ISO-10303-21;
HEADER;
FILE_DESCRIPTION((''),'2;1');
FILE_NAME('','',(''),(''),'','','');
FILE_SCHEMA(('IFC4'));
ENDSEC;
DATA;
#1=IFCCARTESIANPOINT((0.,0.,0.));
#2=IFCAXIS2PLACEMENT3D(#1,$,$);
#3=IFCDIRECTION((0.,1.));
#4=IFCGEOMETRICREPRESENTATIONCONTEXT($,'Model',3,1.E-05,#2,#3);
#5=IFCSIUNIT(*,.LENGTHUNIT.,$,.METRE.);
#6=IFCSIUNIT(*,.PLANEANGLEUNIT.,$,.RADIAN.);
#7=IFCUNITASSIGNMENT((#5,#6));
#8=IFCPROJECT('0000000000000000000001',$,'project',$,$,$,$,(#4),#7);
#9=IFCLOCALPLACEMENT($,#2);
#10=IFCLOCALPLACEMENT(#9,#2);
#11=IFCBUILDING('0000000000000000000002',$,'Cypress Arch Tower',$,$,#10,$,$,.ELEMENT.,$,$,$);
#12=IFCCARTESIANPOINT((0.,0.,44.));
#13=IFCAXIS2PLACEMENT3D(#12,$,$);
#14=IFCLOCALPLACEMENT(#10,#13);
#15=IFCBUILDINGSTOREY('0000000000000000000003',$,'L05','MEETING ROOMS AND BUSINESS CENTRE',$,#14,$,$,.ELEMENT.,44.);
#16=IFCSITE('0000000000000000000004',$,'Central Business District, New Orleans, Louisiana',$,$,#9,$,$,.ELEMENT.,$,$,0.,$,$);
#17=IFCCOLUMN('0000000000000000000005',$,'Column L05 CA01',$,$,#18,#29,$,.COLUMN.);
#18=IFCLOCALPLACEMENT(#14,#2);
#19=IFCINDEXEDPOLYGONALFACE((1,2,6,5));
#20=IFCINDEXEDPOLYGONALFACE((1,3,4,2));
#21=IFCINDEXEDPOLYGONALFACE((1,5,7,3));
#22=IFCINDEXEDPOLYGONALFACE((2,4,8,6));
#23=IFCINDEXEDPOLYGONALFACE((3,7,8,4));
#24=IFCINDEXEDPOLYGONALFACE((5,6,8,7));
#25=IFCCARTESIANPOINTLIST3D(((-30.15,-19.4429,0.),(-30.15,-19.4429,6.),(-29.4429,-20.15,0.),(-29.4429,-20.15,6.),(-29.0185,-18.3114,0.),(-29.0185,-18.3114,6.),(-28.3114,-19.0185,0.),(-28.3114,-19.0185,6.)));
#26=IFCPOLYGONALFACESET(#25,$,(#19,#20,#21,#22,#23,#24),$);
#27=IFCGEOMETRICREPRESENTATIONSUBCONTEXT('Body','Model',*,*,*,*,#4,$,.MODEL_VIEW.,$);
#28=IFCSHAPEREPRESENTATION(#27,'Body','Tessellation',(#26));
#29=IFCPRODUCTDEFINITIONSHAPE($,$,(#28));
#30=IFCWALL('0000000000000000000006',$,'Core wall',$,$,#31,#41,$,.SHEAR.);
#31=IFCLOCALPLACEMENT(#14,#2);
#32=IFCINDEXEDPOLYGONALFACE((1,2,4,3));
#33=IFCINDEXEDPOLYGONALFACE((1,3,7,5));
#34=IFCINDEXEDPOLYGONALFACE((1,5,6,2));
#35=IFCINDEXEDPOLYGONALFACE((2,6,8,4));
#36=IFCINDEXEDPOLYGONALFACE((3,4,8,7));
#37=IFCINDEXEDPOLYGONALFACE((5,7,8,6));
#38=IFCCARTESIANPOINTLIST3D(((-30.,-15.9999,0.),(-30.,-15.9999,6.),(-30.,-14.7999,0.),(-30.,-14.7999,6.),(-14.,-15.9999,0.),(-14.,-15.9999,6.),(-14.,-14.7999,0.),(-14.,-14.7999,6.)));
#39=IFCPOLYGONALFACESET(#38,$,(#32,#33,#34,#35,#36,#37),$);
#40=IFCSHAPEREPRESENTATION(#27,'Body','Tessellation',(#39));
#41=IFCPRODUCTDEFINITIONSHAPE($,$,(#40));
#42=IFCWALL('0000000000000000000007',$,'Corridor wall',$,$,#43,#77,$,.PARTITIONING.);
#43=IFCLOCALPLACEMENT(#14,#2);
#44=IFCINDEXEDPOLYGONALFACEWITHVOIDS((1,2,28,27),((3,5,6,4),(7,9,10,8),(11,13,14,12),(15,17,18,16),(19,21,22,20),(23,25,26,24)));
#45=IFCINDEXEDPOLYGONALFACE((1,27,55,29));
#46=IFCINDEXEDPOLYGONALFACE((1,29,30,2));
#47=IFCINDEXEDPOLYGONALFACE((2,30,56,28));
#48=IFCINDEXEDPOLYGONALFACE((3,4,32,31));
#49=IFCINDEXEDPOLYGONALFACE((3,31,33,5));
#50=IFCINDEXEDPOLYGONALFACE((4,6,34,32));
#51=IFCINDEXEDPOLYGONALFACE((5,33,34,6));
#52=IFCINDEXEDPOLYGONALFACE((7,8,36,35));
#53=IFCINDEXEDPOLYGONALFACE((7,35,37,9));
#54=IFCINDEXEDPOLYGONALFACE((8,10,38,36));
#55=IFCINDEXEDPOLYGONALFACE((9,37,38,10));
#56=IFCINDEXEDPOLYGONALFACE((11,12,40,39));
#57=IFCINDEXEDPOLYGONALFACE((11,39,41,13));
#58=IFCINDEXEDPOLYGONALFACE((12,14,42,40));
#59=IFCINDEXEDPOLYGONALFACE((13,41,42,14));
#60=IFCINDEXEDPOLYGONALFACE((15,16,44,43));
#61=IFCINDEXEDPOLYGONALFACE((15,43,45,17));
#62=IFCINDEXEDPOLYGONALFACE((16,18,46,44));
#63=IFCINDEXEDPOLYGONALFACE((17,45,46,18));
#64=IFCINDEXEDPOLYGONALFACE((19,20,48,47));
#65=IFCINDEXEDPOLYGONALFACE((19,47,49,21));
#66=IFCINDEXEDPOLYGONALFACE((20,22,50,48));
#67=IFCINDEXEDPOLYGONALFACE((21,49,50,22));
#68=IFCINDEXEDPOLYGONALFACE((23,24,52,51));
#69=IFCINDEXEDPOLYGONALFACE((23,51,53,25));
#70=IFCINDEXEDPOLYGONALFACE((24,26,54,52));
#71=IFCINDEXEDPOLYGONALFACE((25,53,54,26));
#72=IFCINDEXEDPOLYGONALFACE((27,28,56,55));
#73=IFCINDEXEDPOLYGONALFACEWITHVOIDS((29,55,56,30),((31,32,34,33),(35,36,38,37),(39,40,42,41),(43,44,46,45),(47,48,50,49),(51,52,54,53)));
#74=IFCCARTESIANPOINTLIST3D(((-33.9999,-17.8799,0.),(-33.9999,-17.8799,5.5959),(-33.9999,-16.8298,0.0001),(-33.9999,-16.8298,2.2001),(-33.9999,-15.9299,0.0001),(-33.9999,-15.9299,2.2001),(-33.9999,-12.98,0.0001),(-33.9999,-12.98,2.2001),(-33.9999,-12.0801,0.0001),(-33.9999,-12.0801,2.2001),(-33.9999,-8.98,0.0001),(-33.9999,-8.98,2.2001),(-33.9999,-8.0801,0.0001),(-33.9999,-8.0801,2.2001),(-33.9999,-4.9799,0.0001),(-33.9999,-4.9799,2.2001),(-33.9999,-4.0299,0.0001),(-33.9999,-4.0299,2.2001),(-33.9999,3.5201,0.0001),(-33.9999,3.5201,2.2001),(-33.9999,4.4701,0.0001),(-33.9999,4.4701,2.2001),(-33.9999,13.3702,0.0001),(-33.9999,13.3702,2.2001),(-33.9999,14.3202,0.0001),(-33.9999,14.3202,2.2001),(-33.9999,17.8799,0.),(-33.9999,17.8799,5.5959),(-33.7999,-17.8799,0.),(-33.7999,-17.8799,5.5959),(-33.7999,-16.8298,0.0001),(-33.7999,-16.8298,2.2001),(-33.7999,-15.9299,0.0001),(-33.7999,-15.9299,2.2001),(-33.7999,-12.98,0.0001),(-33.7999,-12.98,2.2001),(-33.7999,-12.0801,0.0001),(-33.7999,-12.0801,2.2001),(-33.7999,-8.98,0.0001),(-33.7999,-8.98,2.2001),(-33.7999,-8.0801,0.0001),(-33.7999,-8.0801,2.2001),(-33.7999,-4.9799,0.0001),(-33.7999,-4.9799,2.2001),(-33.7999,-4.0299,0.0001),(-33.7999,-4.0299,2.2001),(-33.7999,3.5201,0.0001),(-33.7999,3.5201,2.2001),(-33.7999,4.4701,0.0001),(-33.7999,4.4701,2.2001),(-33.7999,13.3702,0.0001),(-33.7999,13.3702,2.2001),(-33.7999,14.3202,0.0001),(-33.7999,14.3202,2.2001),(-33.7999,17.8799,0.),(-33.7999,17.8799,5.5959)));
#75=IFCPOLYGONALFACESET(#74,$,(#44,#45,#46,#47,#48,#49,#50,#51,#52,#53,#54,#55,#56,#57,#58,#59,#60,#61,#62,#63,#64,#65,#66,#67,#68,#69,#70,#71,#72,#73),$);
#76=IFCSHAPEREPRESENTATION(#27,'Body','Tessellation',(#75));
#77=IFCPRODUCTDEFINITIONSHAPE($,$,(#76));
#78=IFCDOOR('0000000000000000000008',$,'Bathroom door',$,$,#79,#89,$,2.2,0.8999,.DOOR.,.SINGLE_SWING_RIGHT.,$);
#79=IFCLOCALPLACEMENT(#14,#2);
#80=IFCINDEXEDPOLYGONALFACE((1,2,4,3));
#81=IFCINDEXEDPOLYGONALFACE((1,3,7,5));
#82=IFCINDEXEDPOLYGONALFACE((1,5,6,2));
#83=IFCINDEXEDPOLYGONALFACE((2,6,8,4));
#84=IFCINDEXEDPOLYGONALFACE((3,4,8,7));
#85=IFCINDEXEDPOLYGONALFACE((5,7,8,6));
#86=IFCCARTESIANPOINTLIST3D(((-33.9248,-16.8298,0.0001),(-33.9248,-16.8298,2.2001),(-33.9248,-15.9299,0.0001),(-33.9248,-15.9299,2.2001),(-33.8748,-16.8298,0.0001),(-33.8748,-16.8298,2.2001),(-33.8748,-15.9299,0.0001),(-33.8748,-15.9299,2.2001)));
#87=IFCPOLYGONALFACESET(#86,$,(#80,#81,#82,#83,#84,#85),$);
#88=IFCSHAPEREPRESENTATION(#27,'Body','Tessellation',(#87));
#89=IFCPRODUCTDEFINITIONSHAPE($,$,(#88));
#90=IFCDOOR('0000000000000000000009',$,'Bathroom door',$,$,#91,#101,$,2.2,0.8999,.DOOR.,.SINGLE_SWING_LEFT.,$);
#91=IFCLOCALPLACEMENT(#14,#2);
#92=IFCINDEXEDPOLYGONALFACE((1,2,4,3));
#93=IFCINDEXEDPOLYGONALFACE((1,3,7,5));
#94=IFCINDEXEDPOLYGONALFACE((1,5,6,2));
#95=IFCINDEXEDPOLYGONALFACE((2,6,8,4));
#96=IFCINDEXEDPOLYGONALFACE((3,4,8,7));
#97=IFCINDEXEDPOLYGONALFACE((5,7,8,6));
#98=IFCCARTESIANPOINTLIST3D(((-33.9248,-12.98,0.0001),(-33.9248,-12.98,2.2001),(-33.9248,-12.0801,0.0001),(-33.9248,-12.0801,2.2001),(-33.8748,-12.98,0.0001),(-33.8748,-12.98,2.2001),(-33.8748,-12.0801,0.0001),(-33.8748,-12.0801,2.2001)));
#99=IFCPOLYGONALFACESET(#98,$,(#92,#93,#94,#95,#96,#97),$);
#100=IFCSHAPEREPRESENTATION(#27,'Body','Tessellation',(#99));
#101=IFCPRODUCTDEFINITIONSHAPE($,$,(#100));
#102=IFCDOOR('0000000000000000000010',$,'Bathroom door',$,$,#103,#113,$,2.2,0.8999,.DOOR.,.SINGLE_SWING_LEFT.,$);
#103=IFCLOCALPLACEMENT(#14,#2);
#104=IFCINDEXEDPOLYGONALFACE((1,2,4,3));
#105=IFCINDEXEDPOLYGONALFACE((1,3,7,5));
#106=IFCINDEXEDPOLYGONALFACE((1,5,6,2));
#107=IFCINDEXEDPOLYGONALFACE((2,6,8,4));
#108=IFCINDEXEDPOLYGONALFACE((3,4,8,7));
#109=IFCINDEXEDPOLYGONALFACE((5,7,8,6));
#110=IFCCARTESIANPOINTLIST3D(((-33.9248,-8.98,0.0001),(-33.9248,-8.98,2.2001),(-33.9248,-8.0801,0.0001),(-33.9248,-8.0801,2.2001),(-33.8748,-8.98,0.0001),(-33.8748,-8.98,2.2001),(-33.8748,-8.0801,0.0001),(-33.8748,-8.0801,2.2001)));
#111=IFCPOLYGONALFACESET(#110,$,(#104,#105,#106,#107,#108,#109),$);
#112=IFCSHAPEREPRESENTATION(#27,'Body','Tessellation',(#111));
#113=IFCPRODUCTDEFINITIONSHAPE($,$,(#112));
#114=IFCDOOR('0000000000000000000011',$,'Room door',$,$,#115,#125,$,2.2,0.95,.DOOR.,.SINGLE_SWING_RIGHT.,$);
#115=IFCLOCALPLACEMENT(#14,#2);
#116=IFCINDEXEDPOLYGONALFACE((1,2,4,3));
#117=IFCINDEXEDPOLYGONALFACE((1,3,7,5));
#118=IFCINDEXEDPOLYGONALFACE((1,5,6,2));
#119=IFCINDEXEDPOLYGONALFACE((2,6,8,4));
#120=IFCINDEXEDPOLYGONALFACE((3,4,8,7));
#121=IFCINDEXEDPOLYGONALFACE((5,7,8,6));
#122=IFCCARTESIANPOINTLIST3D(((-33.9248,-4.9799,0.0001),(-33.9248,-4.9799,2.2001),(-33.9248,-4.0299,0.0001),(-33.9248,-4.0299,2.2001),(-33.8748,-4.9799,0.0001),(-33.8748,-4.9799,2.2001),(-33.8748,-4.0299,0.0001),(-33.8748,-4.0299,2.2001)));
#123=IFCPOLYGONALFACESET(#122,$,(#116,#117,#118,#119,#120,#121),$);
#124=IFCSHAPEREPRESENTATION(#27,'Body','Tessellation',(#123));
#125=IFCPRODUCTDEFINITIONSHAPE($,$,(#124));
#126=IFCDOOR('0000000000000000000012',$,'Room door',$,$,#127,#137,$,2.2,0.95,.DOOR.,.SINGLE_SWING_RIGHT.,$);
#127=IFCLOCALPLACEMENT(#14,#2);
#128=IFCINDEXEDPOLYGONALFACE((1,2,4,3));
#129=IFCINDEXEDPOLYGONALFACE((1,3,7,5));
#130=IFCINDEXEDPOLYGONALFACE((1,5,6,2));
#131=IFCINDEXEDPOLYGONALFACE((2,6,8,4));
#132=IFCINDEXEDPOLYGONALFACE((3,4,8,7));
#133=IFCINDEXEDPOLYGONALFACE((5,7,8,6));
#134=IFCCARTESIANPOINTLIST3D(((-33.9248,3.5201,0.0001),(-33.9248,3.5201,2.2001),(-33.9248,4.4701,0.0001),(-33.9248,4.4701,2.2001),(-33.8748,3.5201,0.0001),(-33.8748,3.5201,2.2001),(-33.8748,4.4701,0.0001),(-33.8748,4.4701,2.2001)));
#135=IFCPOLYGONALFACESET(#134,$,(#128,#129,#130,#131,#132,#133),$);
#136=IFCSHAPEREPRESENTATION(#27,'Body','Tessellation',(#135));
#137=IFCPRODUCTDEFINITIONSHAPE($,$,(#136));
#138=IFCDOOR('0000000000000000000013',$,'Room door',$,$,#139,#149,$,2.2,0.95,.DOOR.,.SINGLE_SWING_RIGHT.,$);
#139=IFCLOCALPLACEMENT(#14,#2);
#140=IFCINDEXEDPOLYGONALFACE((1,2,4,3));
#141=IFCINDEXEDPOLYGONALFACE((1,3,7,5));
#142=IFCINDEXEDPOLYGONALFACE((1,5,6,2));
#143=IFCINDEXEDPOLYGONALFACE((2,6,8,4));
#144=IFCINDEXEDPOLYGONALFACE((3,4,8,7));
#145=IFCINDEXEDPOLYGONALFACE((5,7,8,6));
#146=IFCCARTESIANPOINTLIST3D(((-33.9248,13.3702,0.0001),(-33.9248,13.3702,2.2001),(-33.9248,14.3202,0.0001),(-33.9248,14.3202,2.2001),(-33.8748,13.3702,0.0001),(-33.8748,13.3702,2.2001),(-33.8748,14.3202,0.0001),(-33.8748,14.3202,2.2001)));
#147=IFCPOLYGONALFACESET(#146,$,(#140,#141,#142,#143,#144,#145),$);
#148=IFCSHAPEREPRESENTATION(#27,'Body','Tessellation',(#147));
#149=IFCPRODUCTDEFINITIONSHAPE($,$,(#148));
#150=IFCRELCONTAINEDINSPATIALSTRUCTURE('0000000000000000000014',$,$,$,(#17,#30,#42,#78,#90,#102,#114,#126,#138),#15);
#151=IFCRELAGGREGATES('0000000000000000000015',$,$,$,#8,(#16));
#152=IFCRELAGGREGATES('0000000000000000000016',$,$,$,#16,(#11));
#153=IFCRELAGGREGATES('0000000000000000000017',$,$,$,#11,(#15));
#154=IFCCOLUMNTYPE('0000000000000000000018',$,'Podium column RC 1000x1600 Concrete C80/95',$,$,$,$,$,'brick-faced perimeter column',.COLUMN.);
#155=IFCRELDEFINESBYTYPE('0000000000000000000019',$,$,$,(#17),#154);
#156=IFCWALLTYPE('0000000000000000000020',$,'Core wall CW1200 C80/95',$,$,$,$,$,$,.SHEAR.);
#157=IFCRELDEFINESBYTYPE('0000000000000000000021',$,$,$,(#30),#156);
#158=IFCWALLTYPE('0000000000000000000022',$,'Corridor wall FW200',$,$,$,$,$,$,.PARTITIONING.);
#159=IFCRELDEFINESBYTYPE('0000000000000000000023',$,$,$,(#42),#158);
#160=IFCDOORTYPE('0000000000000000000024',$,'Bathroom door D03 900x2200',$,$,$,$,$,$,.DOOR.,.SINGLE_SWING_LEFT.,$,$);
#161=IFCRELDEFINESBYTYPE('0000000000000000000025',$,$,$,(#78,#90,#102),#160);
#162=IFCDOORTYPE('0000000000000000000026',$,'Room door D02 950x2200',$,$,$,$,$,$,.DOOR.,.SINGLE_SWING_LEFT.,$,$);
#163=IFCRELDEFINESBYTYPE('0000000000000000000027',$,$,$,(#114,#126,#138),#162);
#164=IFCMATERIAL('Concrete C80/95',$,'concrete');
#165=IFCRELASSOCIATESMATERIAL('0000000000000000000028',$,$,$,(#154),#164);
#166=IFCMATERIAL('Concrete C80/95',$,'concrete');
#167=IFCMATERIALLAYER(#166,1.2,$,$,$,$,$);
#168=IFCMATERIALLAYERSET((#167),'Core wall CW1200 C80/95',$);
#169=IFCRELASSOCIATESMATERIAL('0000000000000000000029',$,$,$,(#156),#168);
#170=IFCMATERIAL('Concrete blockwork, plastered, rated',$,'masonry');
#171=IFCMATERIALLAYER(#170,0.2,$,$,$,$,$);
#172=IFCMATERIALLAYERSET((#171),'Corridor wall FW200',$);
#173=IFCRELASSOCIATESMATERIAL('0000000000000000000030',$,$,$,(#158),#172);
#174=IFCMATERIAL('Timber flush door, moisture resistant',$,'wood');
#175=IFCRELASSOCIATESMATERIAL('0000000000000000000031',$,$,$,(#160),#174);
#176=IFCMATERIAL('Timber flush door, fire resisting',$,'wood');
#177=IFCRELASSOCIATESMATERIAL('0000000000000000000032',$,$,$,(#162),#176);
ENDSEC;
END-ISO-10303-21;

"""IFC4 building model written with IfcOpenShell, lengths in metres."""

from ifc_helpers import new_model, si_unit, direction, frame, frame_2d, origin, origin_2d, place, context, subcontext, project, spatial, rectangle, extrude, material, layer, layer_set, material_profile, profile_set, type_object, element, fill, save


model = new_model("IFC4")

# Units and contexts
model_context = context("Model", 3, precision=1e-05, world=origin(), true_north=direction((0.0, 1.0)))
body_context = subcontext(model_context, "Body", "Model", "MODEL_VIEW")
ifc_project = project(units=[si_unit("LENGTHUNIT", "METRE"), si_unit("PLANEANGLEUNIT", "RADIAN")], contexts=[model_context])

# Site, building, storey
site_placement = place(None, origin())
site = spatial("IfcSite", under=ifc_project, at=site_placement, Name="Central Business District, New Orleans, Louisiana", CompositionType="ELEMENT", RefElevation=0.0)
building_placement = place(site_placement, origin())
building = spatial("IfcBuilding", under=site, at=building_placement, Name="Cypress Arch Tower", CompositionType="ELEMENT")
storey_placement = place(building_placement, frame((0.0, 0.0, 44.0)))
storey = spatial("IfcBuildingStorey", under=building, at=storey_placement, Name="L05", Description="MEETING ROOMS AND BUSINESS CENTRE", CompositionType="ELEMENT", Elevation=44.0)

# Column
ifc_material_1 = material(Name="Concrete C80/95", Category="concrete")
ifc_material_profile = material_profile(ifc_material_1, rectangle(XDim=1.0, YDim=1.6001, at=origin_2d()), Name="RC 1000x1600")
ifc_profile_set = profile_set([ifc_material_profile], Name="Concrete C80/95")
column_type = type_object("IfcColumnType", Name="Podium column RC 1000x1600 Concrete C80/95", ElementType="brick-faced perimeter column", PredefinedType="COLUMN", material=ifc_profile_set)
column_placement = place(storey_placement, frame((-29.2307, -19.2307, 0.0), z_axis=(0.0, 0.0, 1.0), x_axis=(0.707107, -0.707107, 0.0)))
element("IfcColumn", 1, at=column_placement, inside=storey, type_object=column_type, Name="Column L05 CA01", PredefinedType="COLUMN", context=body_context, shape_type="SweptSolid", body=[
    extrude(rectangle(XDim=1.0, YDim=1.6001, at=origin_2d()), origin(), (0.0, 0.0, 1.0), 6.0),
])

# Wall
ifc_material_2 = material(Name="Concrete C80/95", Category="concrete")
ifc_layer_1 = layer(ifc_material_2, 1.2)
ifc_layer_set_1 = layer_set([ifc_layer_1], Name="Core wall CW1200 C80/95")
wall_type_1 = type_object("IfcWallType", Name="Core wall CW1200 C80/95", PredefinedType="SHEAR", material=ifc_layer_set_1)
wall_1_placement = place(storey_placement, frame((-30.0, -15.3999, 0.0), z_axis=(0.0, 0.0, 1.0), x_axis=(1.0, 0.0, 0.0)))
element("IfcWall", 2, at=wall_1_placement, inside=storey, type_object=wall_type_1, Name="Core wall", PredefinedType="SHEAR", context=body_context, shape_type="SweptSolid", body=[
    extrude(rectangle(XDim=16.0, YDim=1.2, at=frame_2d((8.0, 0.0))), origin(), (0.0, 0.0, 1.0), 6.0),
])

# Wall, openings, doors
ifc_material_3 = material(Name="Concrete blockwork, plastered, rated", Category="masonry")
ifc_layer_2 = layer(ifc_material_3, 0.2)
ifc_layer_set_2 = layer_set([ifc_layer_2], Name="Corridor wall FW200")
wall_type_2 = type_object("IfcWallType", Name="Corridor wall FW200", PredefinedType="PARTITIONING", material=ifc_layer_set_2)
wall_2_placement = place(storey_placement, frame((-33.8999, -17.8799, 0.0), z_axis=(0.0, 0.0, 1.0), x_axis=(0.0, 1.0, 0.0)))
wall_2 = element("IfcWall", 3, at=wall_2_placement, inside=storey, type_object=wall_type_2, Name="Corridor wall", PredefinedType="PARTITIONING", context=body_context, shape_type="SweptSolid", body=[
    extrude(rectangle(XDim=35.7598, YDim=0.2, at=frame_2d((17.8799, 0.0))), origin(), (0.0, 0.0, 1.0), 5.5959),
])
opening_1_placement = place(wall_2_placement, frame((1.05, 0.0, 0.0)))
opening_1 = element("IfcOpeningElement", 4, at=opening_1_placement, cuts=wall_2, PredefinedType="OPENING", context=body_context, shape_type="SweptSolid", body=[
    extrude(rectangle(XDim=0.8999, YDim=2.2, at=frame_2d((0.45, 1.1001))), frame((0.0, 0.1099, 0.0), z_axis=(0.0, -1.0, 0.0), x_axis=(1.0, 0.0, 0.0)), (0.0, 0.0, 1.0), 0.22),
])
opening_2_placement = place(wall_2_placement, frame((4.8999, 0.0, 0.0)))
opening_2 = element("IfcOpeningElement", 5, at=opening_2_placement, cuts=wall_2, PredefinedType="OPENING", context=body_context, shape_type="SweptSolid", body=[
    extrude(rectangle(XDim=0.8999, YDim=2.2, at=frame_2d((0.45, 1.1001))), frame((0.0, 0.1099, 0.0), z_axis=(0.0, -1.0, 0.0), x_axis=(1.0, 0.0, 0.0)), (0.0, 0.0, 1.0), 0.22),
])
opening_3_placement = place(wall_2_placement, frame((8.8999, 0.0, 0.0)))
opening_3 = element("IfcOpeningElement", 6, at=opening_3_placement, cuts=wall_2, PredefinedType="OPENING", context=body_context, shape_type="SweptSolid", body=[
    extrude(rectangle(XDim=0.8999, YDim=2.2, at=frame_2d((0.45, 1.1001))), frame((0.0, 0.1099, 0.0), z_axis=(0.0, -1.0, 0.0), x_axis=(1.0, 0.0, 0.0)), (0.0, 0.0, 1.0), 0.22),
])
opening_4_placement = place(wall_2_placement, frame((12.8999, 0.0, 0.0)))
opening_4 = element("IfcOpeningElement", 7, at=opening_4_placement, cuts=wall_2, PredefinedType="OPENING", context=body_context, shape_type="SweptSolid", body=[
    extrude(rectangle(XDim=0.95, YDim=2.2, at=frame_2d((0.4751, 1.1001))), frame((0.0, 0.1099, 0.0), z_axis=(0.0, -1.0, 0.0), x_axis=(1.0, 0.0, 0.0)), (0.0, 0.0, 1.0), 0.22),
])
opening_5_placement = place(wall_2_placement, frame((21.3999, 0.0, 0.0)))
opening_5 = element("IfcOpeningElement", 8, at=opening_5_placement, cuts=wall_2, PredefinedType="OPENING", context=body_context, shape_type="SweptSolid", body=[
    extrude(rectangle(XDim=0.95, YDim=2.2, at=frame_2d((0.4751, 1.1001))), frame((0.0, 0.1099, 0.0), z_axis=(0.0, -1.0, 0.0), x_axis=(1.0, 0.0, 0.0)), (0.0, 0.0, 1.0), 0.22),
])
opening_6_placement = place(wall_2_placement, frame((31.25, 0.0, 0.0)))
opening_6 = element("IfcOpeningElement", 9, at=opening_6_placement, cuts=wall_2, PredefinedType="OPENING", context=body_context, shape_type="SweptSolid", body=[
    extrude(rectangle(XDim=0.95, YDim=2.2, at=frame_2d((0.4751, 1.1001))), frame((0.0, 0.1099, 0.0), z_axis=(0.0, -1.0, 0.0), x_axis=(1.0, 0.0, 0.0)), (0.0, 0.0, 1.0), 0.22),
])
ifc_material_4 = material(Name="Timber flush door, moisture resistant", Category="wood")
door_type_1 = type_object("IfcDoorType", Name="Bathroom door D03 900x2200", OperationType="SINGLE_SWING_LEFT", PredefinedType="DOOR", material=ifc_material_4)
door_1_placement = place(opening_1_placement, origin())
door_1 = element("IfcDoor", 10, at=door_1_placement, inside=storey, type_object=door_type_1, Name="Bathroom door", OperationType="SINGLE_SWING_RIGHT", OverallHeight=2.2, OverallWidth=0.8999, PredefinedType="DOOR", context=body_context, shape_type="SweptSolid", body=[
    extrude(rectangle(XDim=0.8999, YDim=2.2, at=frame_2d((0.45, 1.1001))), frame((0.0, 0.0249, 0.0), z_axis=(0.0, -1.0, 0.0), x_axis=(1.0, 0.0, 0.0)), (0.0, 0.0, 1.0), 0.05),
])
fill(opening_1, door_1)
door_2_placement = place(opening_2_placement, origin())
door_2 = element("IfcDoor", 11, at=door_2_placement, inside=storey, type_object=door_type_1, Name="Bathroom door", OperationType="SINGLE_SWING_LEFT", OverallHeight=2.2, OverallWidth=0.8999, PredefinedType="DOOR", context=body_context, shape_type="SweptSolid", body=[
    extrude(rectangle(XDim=0.8999, YDim=2.2, at=frame_2d((0.45, 1.1001))), frame((0.0, 0.0249, 0.0), z_axis=(0.0, -1.0, 0.0), x_axis=(1.0, 0.0, 0.0)), (0.0, 0.0, 1.0), 0.05),
])
fill(opening_2, door_2)
door_3_placement = place(opening_3_placement, origin())
door_3 = element("IfcDoor", 12, at=door_3_placement, inside=storey, type_object=door_type_1, Name="Bathroom door", OperationType="SINGLE_SWING_LEFT", OverallHeight=2.2, OverallWidth=0.8999, PredefinedType="DOOR", context=body_context, shape_type="SweptSolid", body=[
    extrude(rectangle(XDim=0.8999, YDim=2.2, at=frame_2d((0.45, 1.1001))), frame((0.0, 0.0249, 0.0), z_axis=(0.0, -1.0, 0.0), x_axis=(1.0, 0.0, 0.0)), (0.0, 0.0, 1.0), 0.05),
])
fill(opening_3, door_3)
ifc_material_5 = material(Name="Timber flush door, fire resisting", Category="wood")
door_type_2 = type_object("IfcDoorType", Name="Room door D02 950x2200", OperationType="SINGLE_SWING_LEFT", PredefinedType="DOOR", material=ifc_material_5)
door_4_placement = place(opening_4_placement, origin())
door_4 = element("IfcDoor", 13, at=door_4_placement, inside=storey, type_object=door_type_2, Name="Room door", OperationType="SINGLE_SWING_RIGHT", OverallHeight=2.2, OverallWidth=0.95, PredefinedType="DOOR", context=body_context, shape_type="SweptSolid", body=[
    extrude(rectangle(XDim=0.95, YDim=2.2, at=frame_2d((0.4751, 1.1001))), frame((0.0, 0.0249, 0.0), z_axis=(0.0, -1.0, 0.0), x_axis=(1.0, 0.0, 0.0)), (0.0, 0.0, 1.0), 0.05),
])
fill(opening_4, door_4)
door_5_placement = place(opening_5_placement, origin())
door_5 = element("IfcDoor", 14, at=door_5_placement, inside=storey, type_object=door_type_2, Name="Room door", OperationType="SINGLE_SWING_RIGHT", OverallHeight=2.2, OverallWidth=0.95, PredefinedType="DOOR", context=body_context, shape_type="SweptSolid", body=[
    extrude(rectangle(XDim=0.95, YDim=2.2, at=frame_2d((0.4751, 1.1001))), frame((0.0, 0.0249, 0.0), z_axis=(0.0, -1.0, 0.0), x_axis=(1.0, 0.0, 0.0)), (0.0, 0.0, 1.0), 0.05),
])
fill(opening_5, door_5)
door_6_placement = place(opening_6_placement, origin())
door_6 = element("IfcDoor", 15, at=door_6_placement, inside=storey, type_object=door_type_2, Name="Room door", OperationType="SINGLE_SWING_RIGHT", OverallHeight=2.2, OverallWidth=0.95, PredefinedType="DOOR", context=body_context, shape_type="SweptSolid", body=[
    extrude(rectangle(XDim=0.95, YDim=2.2, at=frame_2d((0.4751, 1.1001))), frame((0.0, 0.0249, 0.0), z_axis=(0.0, -1.0, 0.0), x_axis=(1.0, 0.0, 0.0)), (0.0, 0.0, 1.0), 0.05),
])
fill(opening_6, door_6)

save(model, "model.ifc")
